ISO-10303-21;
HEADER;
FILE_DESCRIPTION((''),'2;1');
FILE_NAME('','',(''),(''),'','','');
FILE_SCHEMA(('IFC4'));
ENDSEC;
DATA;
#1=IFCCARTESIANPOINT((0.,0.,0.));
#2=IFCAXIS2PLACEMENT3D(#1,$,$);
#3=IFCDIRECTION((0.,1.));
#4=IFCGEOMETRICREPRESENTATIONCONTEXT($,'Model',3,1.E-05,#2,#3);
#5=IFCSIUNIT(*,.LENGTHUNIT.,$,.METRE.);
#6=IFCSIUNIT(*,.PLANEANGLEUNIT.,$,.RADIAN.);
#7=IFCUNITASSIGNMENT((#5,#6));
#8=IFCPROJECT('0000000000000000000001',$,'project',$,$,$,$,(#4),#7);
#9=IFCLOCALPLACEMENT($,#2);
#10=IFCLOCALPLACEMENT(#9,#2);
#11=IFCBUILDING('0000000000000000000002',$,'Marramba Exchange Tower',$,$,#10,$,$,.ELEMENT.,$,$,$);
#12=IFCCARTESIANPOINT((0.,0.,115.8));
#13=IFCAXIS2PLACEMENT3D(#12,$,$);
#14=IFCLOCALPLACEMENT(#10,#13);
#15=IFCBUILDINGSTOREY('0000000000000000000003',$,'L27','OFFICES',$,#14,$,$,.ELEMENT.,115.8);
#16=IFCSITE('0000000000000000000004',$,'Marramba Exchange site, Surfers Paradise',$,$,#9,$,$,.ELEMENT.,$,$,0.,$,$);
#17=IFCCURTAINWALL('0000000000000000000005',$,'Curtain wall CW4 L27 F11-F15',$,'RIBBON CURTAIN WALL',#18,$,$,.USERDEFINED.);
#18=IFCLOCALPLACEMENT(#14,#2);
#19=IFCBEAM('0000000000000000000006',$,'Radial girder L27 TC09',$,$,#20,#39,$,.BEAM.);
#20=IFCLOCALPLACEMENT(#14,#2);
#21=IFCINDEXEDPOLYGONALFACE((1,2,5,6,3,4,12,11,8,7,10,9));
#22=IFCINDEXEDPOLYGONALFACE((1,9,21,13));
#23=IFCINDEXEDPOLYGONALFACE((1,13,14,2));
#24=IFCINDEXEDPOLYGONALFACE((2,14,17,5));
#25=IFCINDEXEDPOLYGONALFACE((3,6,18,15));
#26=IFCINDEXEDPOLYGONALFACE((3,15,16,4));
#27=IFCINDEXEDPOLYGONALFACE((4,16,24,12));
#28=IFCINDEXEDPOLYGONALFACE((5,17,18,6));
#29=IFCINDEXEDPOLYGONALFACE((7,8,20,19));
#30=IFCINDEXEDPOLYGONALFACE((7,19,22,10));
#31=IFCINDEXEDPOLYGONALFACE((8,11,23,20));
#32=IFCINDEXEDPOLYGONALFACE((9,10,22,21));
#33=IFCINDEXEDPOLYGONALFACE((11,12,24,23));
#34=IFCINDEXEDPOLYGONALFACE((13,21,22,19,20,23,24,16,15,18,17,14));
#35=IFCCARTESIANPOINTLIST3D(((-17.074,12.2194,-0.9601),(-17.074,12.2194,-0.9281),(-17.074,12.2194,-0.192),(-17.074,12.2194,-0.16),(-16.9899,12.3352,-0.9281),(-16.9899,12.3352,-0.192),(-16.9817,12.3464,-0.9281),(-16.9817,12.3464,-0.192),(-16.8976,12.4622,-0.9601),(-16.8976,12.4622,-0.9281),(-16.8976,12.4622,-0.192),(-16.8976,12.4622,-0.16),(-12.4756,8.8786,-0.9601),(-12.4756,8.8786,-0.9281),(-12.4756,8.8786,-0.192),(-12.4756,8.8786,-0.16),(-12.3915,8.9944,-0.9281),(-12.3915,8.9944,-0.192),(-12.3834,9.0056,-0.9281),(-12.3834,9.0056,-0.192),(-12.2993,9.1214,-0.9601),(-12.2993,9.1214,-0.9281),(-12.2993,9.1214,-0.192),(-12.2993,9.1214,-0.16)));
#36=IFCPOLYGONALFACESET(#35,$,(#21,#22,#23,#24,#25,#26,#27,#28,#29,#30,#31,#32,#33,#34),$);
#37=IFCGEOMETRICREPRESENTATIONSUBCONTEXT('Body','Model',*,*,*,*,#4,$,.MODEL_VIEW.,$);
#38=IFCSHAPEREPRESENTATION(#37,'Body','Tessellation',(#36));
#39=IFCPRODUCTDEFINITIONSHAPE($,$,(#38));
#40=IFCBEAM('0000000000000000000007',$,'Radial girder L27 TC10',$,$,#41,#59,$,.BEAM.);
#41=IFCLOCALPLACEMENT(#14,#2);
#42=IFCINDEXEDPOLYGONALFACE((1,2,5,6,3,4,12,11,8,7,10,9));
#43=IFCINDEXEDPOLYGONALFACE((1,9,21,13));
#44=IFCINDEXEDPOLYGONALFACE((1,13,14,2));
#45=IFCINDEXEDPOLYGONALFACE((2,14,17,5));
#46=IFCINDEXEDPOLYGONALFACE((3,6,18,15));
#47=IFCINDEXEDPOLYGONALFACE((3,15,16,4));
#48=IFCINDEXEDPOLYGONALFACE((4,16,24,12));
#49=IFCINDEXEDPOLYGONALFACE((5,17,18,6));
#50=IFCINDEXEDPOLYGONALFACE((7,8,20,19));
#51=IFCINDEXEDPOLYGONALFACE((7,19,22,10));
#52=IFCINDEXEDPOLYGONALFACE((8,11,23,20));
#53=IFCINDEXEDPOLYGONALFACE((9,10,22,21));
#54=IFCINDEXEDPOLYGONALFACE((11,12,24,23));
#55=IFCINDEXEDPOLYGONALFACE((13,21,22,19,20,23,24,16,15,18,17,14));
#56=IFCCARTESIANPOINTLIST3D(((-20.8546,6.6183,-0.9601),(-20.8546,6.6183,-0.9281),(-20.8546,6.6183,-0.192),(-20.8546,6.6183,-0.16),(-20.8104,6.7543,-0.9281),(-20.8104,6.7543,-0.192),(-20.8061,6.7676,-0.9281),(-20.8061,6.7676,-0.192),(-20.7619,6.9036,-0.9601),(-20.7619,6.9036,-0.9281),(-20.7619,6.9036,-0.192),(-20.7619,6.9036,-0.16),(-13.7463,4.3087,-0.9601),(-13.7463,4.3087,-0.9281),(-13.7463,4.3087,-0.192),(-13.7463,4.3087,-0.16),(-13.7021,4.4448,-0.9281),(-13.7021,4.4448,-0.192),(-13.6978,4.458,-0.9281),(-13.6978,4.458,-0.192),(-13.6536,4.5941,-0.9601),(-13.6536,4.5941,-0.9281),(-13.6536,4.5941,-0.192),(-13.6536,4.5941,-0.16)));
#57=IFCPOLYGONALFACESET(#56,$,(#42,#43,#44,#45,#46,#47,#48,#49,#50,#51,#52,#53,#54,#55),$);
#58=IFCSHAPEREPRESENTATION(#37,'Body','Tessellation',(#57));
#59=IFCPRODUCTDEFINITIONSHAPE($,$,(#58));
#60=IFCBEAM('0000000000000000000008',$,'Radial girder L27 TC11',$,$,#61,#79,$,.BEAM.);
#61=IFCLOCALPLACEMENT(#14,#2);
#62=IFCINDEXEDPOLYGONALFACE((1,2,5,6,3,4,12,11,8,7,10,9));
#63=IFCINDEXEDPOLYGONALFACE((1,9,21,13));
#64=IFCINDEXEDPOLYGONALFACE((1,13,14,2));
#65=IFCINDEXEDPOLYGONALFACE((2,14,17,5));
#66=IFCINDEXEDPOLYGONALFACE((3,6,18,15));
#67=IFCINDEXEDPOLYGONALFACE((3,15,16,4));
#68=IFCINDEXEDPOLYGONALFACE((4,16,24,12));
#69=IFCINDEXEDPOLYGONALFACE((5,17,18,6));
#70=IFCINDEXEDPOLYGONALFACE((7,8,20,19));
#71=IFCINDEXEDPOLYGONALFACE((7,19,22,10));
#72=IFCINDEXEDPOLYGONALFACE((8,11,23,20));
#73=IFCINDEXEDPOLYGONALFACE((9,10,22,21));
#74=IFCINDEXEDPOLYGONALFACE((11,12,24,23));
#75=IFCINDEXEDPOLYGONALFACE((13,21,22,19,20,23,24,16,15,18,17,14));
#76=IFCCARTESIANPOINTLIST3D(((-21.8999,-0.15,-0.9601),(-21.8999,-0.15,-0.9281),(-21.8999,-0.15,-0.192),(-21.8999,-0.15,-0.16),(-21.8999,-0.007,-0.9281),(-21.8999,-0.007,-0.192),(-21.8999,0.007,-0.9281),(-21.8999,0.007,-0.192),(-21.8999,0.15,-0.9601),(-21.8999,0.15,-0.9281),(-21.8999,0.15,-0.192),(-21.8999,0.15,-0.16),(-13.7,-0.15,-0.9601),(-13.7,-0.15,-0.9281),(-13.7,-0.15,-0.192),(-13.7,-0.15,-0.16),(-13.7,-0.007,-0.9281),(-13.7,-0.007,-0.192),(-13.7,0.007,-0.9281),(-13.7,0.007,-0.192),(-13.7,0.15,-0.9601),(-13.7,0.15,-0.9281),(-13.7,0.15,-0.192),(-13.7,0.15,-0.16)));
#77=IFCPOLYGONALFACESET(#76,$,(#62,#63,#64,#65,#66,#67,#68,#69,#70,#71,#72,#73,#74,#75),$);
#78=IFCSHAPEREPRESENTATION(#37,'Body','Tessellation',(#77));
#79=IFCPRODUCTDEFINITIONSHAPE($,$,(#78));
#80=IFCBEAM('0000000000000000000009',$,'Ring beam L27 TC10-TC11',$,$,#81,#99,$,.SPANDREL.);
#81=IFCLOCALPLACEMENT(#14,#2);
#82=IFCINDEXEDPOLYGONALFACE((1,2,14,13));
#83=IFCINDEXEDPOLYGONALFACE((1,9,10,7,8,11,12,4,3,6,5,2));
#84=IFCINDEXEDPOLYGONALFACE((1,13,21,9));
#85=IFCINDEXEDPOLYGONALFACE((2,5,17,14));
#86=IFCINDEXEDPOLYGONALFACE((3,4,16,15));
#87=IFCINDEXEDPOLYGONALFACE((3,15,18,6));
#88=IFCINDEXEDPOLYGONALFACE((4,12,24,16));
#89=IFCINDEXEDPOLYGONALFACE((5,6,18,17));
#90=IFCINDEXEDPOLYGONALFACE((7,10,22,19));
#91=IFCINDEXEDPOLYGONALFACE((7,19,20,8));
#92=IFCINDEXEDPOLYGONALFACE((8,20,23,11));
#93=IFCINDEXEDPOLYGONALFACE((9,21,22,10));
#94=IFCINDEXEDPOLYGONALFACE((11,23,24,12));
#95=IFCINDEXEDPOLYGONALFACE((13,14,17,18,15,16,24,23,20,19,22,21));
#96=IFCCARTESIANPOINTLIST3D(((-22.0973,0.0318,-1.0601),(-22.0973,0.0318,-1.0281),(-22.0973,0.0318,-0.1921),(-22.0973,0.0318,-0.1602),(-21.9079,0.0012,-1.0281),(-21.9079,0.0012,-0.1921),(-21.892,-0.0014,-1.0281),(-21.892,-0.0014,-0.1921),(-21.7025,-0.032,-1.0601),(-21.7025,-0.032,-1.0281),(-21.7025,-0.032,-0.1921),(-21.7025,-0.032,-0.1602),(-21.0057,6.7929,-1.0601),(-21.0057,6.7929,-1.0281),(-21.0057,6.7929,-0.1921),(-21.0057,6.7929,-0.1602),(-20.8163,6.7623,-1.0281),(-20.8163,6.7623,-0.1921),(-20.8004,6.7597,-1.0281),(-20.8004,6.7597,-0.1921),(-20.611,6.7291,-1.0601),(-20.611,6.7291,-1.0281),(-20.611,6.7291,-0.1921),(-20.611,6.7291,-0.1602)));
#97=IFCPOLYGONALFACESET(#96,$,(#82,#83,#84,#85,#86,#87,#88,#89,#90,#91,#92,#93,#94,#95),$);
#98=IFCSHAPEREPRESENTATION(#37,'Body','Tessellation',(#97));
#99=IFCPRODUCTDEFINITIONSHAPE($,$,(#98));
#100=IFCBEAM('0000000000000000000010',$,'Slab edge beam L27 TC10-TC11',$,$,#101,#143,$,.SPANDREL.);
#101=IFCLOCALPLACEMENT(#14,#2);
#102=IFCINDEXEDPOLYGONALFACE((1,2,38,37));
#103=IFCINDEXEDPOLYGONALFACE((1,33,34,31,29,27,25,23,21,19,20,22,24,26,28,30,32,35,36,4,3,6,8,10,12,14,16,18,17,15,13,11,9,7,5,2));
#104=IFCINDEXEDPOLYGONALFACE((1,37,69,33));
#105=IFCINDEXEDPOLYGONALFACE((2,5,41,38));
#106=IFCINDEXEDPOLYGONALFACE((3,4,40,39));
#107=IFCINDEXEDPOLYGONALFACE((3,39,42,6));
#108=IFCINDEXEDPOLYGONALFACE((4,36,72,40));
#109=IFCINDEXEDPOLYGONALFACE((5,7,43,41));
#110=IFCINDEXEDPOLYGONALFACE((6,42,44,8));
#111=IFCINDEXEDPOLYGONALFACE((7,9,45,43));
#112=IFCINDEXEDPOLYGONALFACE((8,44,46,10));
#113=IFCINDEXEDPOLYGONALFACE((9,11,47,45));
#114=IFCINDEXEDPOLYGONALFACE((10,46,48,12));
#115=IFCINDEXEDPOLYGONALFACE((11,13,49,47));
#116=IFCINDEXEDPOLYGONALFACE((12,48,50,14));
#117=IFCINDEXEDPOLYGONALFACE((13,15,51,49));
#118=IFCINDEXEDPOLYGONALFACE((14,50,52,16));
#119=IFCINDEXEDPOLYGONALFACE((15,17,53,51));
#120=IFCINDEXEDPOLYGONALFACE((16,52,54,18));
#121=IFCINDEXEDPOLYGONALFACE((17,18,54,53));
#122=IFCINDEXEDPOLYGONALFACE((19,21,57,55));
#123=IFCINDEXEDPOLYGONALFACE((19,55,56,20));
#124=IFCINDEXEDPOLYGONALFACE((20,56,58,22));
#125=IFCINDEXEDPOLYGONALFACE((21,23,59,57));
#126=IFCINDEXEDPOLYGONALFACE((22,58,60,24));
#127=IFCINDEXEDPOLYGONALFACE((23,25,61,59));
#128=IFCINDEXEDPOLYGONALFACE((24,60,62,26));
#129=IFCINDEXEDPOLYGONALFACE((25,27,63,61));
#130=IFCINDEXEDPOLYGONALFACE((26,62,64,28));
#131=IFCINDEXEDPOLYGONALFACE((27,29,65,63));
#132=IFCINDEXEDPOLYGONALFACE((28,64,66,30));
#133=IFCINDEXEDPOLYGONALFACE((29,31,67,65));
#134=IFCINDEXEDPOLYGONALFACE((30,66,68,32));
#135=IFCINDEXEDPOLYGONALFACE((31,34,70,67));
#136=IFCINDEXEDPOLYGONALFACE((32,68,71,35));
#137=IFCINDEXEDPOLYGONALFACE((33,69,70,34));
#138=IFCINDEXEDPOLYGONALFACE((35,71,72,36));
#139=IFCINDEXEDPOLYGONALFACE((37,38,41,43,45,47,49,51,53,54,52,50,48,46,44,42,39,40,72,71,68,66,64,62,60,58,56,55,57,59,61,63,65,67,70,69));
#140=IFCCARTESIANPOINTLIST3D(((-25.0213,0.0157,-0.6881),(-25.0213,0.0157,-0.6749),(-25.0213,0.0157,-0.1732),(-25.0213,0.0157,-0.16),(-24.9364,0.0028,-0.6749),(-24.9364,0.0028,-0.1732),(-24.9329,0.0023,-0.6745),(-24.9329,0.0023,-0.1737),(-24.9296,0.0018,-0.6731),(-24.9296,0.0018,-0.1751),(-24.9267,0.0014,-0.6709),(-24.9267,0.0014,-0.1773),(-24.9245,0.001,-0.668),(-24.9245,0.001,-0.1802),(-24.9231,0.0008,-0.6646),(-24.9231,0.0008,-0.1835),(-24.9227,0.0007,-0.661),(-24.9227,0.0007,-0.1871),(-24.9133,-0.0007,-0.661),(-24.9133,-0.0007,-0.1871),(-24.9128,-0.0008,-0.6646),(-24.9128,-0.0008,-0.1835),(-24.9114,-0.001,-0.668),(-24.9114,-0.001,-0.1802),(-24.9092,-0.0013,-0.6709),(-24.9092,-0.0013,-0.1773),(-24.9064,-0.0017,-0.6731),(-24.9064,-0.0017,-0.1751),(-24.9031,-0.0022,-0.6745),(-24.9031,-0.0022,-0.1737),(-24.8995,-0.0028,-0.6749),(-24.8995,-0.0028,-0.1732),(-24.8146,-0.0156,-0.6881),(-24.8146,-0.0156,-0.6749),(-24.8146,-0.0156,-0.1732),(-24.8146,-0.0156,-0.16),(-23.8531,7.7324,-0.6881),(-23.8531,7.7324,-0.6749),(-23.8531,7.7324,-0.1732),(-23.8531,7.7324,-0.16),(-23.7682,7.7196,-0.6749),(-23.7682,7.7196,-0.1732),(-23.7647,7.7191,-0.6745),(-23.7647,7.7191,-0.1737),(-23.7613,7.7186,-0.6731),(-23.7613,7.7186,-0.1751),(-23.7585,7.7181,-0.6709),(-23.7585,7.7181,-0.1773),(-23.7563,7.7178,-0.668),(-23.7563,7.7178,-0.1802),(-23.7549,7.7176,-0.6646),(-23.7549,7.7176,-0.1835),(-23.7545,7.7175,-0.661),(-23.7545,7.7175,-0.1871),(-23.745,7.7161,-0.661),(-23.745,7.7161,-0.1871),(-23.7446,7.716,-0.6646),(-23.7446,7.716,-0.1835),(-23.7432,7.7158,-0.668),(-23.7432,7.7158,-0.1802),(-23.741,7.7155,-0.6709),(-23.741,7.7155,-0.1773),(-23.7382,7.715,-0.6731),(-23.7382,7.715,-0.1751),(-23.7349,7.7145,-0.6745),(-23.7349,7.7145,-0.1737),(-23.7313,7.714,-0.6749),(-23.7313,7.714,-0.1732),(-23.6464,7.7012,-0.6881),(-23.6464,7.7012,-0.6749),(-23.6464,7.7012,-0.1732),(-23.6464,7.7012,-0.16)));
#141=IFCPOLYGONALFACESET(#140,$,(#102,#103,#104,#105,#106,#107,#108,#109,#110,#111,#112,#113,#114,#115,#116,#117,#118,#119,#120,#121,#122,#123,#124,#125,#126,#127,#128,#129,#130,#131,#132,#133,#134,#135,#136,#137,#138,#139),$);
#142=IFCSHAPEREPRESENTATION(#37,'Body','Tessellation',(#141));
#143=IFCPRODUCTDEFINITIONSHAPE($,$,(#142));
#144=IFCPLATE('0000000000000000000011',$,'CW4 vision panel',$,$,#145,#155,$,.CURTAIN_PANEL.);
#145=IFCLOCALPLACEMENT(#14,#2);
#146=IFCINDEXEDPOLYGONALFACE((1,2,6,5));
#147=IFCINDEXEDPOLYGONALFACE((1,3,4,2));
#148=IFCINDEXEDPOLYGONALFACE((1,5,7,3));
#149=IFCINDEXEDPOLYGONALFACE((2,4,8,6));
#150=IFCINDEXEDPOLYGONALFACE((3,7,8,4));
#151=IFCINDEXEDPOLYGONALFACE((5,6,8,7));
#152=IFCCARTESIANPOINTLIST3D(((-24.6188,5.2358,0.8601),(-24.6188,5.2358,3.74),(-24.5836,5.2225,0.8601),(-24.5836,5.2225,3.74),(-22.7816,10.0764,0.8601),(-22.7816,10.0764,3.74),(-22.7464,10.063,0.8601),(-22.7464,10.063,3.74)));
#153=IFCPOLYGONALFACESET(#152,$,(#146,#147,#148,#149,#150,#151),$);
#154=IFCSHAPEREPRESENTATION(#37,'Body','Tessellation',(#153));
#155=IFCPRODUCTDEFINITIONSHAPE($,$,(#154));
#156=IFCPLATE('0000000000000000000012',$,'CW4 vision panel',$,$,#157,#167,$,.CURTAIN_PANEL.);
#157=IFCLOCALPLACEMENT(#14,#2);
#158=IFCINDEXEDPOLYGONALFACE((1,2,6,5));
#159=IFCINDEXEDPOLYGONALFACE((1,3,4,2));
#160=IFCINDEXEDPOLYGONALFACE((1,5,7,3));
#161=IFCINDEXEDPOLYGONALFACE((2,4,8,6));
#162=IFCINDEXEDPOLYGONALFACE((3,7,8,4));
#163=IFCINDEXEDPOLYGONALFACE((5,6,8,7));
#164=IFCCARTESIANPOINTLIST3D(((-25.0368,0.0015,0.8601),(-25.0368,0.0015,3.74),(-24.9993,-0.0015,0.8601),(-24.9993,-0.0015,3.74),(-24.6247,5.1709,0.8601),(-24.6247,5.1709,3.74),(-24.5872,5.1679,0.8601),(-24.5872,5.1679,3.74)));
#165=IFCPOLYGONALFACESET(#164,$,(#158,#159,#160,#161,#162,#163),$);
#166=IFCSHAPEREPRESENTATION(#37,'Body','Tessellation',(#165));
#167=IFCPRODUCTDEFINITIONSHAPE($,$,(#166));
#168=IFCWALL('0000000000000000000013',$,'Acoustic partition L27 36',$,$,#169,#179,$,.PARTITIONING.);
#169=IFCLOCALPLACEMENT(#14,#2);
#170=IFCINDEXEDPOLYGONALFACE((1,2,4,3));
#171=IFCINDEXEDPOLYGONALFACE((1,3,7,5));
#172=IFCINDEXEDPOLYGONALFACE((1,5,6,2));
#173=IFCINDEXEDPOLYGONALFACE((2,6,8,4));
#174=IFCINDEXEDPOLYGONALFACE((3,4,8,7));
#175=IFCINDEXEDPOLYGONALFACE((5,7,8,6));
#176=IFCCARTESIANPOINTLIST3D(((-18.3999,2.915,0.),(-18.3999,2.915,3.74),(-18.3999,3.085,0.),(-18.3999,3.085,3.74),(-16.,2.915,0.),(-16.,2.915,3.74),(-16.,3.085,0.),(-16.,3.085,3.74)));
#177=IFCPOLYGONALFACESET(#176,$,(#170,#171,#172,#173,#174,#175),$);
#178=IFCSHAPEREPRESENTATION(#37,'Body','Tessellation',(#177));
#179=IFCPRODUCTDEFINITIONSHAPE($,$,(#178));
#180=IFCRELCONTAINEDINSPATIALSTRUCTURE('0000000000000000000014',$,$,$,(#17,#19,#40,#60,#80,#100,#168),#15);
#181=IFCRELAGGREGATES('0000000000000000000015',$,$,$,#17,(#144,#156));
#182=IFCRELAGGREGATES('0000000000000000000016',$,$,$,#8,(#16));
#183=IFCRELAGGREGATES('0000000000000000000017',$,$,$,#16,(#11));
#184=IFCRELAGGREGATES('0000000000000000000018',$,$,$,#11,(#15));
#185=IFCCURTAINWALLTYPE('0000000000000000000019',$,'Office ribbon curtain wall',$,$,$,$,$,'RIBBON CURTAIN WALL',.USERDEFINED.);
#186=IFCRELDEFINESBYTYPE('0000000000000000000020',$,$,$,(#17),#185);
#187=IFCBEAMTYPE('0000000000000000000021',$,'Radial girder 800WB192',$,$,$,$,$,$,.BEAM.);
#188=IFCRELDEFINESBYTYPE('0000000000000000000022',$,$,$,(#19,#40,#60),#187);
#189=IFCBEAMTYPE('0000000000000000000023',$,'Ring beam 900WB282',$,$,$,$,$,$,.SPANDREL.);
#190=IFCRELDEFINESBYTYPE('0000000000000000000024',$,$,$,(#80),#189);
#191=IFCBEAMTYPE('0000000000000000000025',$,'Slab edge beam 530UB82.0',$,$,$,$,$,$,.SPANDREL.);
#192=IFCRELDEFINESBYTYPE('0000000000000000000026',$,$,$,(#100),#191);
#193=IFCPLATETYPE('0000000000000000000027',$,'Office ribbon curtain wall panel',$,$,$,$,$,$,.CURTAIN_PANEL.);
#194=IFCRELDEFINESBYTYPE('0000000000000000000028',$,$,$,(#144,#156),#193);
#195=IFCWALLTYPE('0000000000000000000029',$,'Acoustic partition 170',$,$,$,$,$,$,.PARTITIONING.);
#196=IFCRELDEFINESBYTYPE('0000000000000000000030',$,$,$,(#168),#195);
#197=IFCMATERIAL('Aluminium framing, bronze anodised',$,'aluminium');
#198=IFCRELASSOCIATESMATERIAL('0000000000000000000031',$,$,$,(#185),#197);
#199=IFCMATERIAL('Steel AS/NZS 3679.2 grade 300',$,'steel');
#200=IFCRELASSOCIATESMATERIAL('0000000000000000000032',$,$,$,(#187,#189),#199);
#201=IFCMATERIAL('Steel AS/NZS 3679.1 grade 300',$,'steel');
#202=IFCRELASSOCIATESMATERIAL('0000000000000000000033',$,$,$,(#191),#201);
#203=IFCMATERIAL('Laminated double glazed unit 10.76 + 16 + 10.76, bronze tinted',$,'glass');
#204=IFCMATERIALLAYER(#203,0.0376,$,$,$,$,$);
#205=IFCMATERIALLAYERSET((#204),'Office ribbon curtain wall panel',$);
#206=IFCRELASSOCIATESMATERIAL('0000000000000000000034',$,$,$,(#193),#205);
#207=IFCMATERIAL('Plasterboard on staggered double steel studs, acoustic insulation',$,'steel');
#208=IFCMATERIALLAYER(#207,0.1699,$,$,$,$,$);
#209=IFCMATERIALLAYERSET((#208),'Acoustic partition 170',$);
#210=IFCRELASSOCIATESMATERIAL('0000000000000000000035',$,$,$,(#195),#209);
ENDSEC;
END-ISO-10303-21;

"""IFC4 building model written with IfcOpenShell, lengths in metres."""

from ifc_helpers import new_model, si_unit, direction, frame, frame_2d, origin, origin_2d, place, context, subcontext, project, spatial, rectangle, i_section, extrude, material, layer, layer_set, material_profile, profile_set, type_object, element, aggregate, save


model = new_model("IFC4")

# Units and contexts
model_context = context("Model", 3, precision=1e-05, world=origin(), true_north=direction((0.0, 1.0)))
body_context = subcontext(model_context, "Body", "Model", "MODEL_VIEW")
ifc_project = project(units=[si_unit("LENGTHUNIT", "METRE"), si_unit("PLANEANGLEUNIT", "RADIAN")], contexts=[model_context])

# Site, building, storey
site_placement = place(None, origin())
site = spatial("IfcSite", under=ifc_project, at=site_placement, Name="Marramba Exchange site, Surfers Paradise", CompositionType="ELEMENT", RefElevation=0.0)
building_placement = place(site_placement, origin())
building = spatial("IfcBuilding", under=site, at=building_placement, Name="Marramba Exchange Tower", CompositionType="ELEMENT")
storey_placement = place(building_placement, frame((0.0, 0.0, 115.8)))
storey = spatial("IfcBuildingStorey", under=building, at=storey_placement, Name="L27", Description="OFFICES", CompositionType="ELEMENT", Elevation=115.8)

# Shared definitions
ifc_material_1 = material(Name="Steel AS/NZS 3679.2 grade 300", Category="steel")
ifc_material_2 = material(Name="Steel AS/NZS 3679.1 grade 300", Category="steel")

# Curtain wall
ifc_material_3 = material(Name="Aluminium framing, bronze anodised", Category="aluminium")
curtain_wall_type = type_object("IfcCurtainWallType", Name="Office ribbon curtain wall", ElementType="RIBBON CURTAIN WALL", PredefinedType="USERDEFINED", material=ifc_material_3)
curtain_wall_placement = place(storey_placement, origin())
curtain_wall = element("IfcCurtainWall", 1, at=curtain_wall_placement, inside=storey, type_object=curtain_wall_type, Name="Curtain wall CW4 L27 F11-F15", ObjectType="RIBBON CURTAIN WALL", PredefinedType="USERDEFINED")

# Beams
ifc_material_profile_1 = material_profile(ifc_material_1, i_section(OverallWidth=0.3, OverallDepth=0.8, WebThickness=0.0139, FlangeThickness=0.032, at=origin_2d()), Name="800WB192")
ifc_profile_set_1 = profile_set([ifc_material_profile_1], Name="Steel AS/NZS 3679.2 grade 300")
beam_type_1 = type_object("IfcBeamType", Name="Radial girder 800WB192", PredefinedType="BEAM", material=ifc_profile_set_1)
beam_1_placement = place(storey_placement, frame((-12.3875, 9.0, -0.5601), z_axis=(-0.809026, 0.587773, 0.0), x_axis=(-0.587773, -0.809026, 0.0)))
element("IfcBeam", 2, at=beam_1_placement, inside=storey, type_object=beam_type_1, Name="Radial girder L27 TC09", PredefinedType="BEAM", context=body_context, shape_type="SweptSolid", body=[
    extrude(i_section(OverallWidth=0.3, OverallDepth=0.8, WebThickness=0.0139, FlangeThickness=0.032, at=origin_2d()), origin(), (0.0, 0.0, 1.0), 5.6838),
])
beam_2_placement = place(storey_placement, frame((-13.7, 4.4514, -0.5601), z_axis=(-0.95106, 0.309006, 0.0), x_axis=(-0.309006, -0.95106, 0.0)))
element("IfcBeam", 3, at=beam_2_placement, inside=storey, type_object=beam_type_1, Name="Radial girder L27 TC10", PredefinedType="BEAM", context=body_context, shape_type="SweptSolid", body=[
    extrude(i_section(OverallWidth=0.3, OverallDepth=0.8, WebThickness=0.0139, FlangeThickness=0.032, at=origin_2d()), origin(), (0.0, 0.0, 1.0), 7.4741),
])
beam_3_placement = place(storey_placement, frame((-13.7, 0.0, -0.5601), z_axis=(-1.0, 0.0, 0.0), x_axis=(0.0, -1.0, 0.0)))
element("IfcBeam", 4, at=beam_3_placement, inside=storey, type_object=beam_type_1, Name="Radial girder L27 TC11", PredefinedType="BEAM", context=body_context, shape_type="SweptSolid", body=[
    extrude(i_section(OverallWidth=0.3, OverallDepth=0.8, WebThickness=0.0139, FlangeThickness=0.032, at=origin_2d()), origin(), (0.0, 0.0, 1.0), 8.2),
])
ifc_material_profile_2 = material_profile(ifc_material_1, i_section(OverallWidth=0.3999, OverallDepth=0.8999, WebThickness=0.0161, FlangeThickness=0.032, at=origin_2d()), Name="900WB282")
ifc_profile_set_2 = profile_set([ifc_material_profile_2], Name="Steel AS/NZS 3679.2 grade 300")
beam_type_2 = type_object("IfcBeamType", Name="Ring beam 900WB282", PredefinedType="SPANDREL", material=ifc_profile_set_2)
beam_4_placement = place(storey_placement, frame((-20.8083, 6.761, -0.6101), z_axis=(-0.159385, -0.987217, 0.0), x_axis=(0.987217, -0.159385, 0.0)))
element("IfcBeam", 5, at=beam_4_placement, inside=storey, type_object=beam_type_2, Name="Ring beam L27 TC10-TC11", PredefinedType="SPANDREL", context=body_context, shape_type="SweptSolid", body=[
    extrude(i_section(OverallWidth=0.3999, OverallDepth=0.8999, WebThickness=0.0161, FlangeThickness=0.032, at=origin_2d()), origin(), (0.0, 0.0, 1.0), 6.8486),
])
ifc_material_profile_3 = material_profile(ifc_material_2, i_section(OverallWidth=0.209, OverallDepth=0.5281, WebThickness=0.0095, FlangeThickness=0.0132, FilletRadius=0.0139, at=origin_2d()), Name="530UB82.0")
ifc_profile_set_3 = profile_set([ifc_material_profile_3], Name="Steel AS/NZS 3679.1 grade 300")
beam_type_3 = type_object("IfcBeamType", Name="Slab edge beam 530UB82.0", PredefinedType="SPANDREL", material=ifc_profile_set_3)
beam_5_placement = place(storey_placement, frame((-23.7498, 7.7168, -0.4241), z_axis=(-0.14968, -0.988734, 0.0), x_axis=(0.988734, -0.14968, 0.0)))
element("IfcBeam", 6, at=beam_5_placement, inside=storey, type_object=beam_type_3, Name="Slab edge beam L27 TC10-TC11", PredefinedType="SPANDREL", context=body_context, shape_type="SweptSolid", body=[
    extrude(i_section(OverallWidth=0.209, OverallDepth=0.5281, WebThickness=0.0095, FlangeThickness=0.0132, FilletRadius=0.0139, at=origin_2d()), origin(), (0.0, 0.0, 1.0), 7.8047),
])

# Plates
ifc_material_4 = material(Name="Laminated double glazed unit 10.76 + 16 + 10.76, bronze tinted", Category="glass")
ifc_layer_1 = layer(ifc_material_4, 0.0376)
ifc_layer_set_1 = layer_set([ifc_layer_1], Name="Office ribbon curtain wall panel")
plate_type = type_object("IfcPlateType", Name="Office ribbon curtain wall panel", PredefinedType="CURTAIN_PANEL", material=ifc_layer_set_1)
plate_1_placement = place(storey_placement, frame((-23.6826, 7.6494, 0.8601), z_axis=(0.0, 0.0, 1.0), x_axis=(-0.354844, -0.934925, 0.0)))
plate_1 = element("IfcPlate", 7, at=plate_1_placement, type_object=plate_type, Name="CW4 vision panel", PredefinedType="CURTAIN_PANEL", context=body_context, shape_type="SweptSolid", body=[
    extrude(rectangle(XDim=5.1775, YDim=0.0376, at=origin_2d()), origin(), (0.0, 0.0, 1.0), 2.8799),
])
plate_2_placement = place(storey_placement, frame((-24.812, 2.5847, 0.8601), z_axis=(0.0, 0.0, 1.0), x_axis=(-0.07946, -0.996838, 0.0)))
plate_2 = element("IfcPlate", 8, at=plate_2_placement, type_object=plate_type, Name="CW4 vision panel", PredefinedType="CURTAIN_PANEL", context=body_context, shape_type="SweptSolid", body=[
    extrude(rectangle(XDim=5.1858, YDim=0.0376, at=origin_2d()), origin(), (0.0, 0.0, 1.0), 2.8799),
])
aggregate(curtain_wall, [plate_1, plate_2])

# Wall
ifc_material_5 = material(Name="Plasterboard on staggered double steel studs, acoustic insulation", Category="steel")
ifc_layer_2 = layer(ifc_material_5, 0.1699)
ifc_layer_set_2 = layer_set([ifc_layer_2], Name="Acoustic partition 170")
wall_type_1 = type_object("IfcWallType", Name="Acoustic partition 170", PredefinedType="PARTITIONING", material=ifc_layer_set_2)
wall_1_placement = place(storey_placement, frame((-16.0, 3.0, 0.0), z_axis=(0.0, 0.0, 1.0), x_axis=(-1.0, 0.0, 0.0)))
element("IfcWall", 9, at=wall_1_placement, inside=storey, type_object=wall_type_1, Name="Acoustic partition L27 36", PredefinedType="PARTITIONING", context=body_context, shape_type="SweptSolid", body=[
    extrude(rectangle(XDim=2.3999, YDim=0.1699, at=frame_2d((1.2, 0.0))), origin(), (0.0, 0.0, 1.0), 3.74),
])

save(model, "model.ifc")
